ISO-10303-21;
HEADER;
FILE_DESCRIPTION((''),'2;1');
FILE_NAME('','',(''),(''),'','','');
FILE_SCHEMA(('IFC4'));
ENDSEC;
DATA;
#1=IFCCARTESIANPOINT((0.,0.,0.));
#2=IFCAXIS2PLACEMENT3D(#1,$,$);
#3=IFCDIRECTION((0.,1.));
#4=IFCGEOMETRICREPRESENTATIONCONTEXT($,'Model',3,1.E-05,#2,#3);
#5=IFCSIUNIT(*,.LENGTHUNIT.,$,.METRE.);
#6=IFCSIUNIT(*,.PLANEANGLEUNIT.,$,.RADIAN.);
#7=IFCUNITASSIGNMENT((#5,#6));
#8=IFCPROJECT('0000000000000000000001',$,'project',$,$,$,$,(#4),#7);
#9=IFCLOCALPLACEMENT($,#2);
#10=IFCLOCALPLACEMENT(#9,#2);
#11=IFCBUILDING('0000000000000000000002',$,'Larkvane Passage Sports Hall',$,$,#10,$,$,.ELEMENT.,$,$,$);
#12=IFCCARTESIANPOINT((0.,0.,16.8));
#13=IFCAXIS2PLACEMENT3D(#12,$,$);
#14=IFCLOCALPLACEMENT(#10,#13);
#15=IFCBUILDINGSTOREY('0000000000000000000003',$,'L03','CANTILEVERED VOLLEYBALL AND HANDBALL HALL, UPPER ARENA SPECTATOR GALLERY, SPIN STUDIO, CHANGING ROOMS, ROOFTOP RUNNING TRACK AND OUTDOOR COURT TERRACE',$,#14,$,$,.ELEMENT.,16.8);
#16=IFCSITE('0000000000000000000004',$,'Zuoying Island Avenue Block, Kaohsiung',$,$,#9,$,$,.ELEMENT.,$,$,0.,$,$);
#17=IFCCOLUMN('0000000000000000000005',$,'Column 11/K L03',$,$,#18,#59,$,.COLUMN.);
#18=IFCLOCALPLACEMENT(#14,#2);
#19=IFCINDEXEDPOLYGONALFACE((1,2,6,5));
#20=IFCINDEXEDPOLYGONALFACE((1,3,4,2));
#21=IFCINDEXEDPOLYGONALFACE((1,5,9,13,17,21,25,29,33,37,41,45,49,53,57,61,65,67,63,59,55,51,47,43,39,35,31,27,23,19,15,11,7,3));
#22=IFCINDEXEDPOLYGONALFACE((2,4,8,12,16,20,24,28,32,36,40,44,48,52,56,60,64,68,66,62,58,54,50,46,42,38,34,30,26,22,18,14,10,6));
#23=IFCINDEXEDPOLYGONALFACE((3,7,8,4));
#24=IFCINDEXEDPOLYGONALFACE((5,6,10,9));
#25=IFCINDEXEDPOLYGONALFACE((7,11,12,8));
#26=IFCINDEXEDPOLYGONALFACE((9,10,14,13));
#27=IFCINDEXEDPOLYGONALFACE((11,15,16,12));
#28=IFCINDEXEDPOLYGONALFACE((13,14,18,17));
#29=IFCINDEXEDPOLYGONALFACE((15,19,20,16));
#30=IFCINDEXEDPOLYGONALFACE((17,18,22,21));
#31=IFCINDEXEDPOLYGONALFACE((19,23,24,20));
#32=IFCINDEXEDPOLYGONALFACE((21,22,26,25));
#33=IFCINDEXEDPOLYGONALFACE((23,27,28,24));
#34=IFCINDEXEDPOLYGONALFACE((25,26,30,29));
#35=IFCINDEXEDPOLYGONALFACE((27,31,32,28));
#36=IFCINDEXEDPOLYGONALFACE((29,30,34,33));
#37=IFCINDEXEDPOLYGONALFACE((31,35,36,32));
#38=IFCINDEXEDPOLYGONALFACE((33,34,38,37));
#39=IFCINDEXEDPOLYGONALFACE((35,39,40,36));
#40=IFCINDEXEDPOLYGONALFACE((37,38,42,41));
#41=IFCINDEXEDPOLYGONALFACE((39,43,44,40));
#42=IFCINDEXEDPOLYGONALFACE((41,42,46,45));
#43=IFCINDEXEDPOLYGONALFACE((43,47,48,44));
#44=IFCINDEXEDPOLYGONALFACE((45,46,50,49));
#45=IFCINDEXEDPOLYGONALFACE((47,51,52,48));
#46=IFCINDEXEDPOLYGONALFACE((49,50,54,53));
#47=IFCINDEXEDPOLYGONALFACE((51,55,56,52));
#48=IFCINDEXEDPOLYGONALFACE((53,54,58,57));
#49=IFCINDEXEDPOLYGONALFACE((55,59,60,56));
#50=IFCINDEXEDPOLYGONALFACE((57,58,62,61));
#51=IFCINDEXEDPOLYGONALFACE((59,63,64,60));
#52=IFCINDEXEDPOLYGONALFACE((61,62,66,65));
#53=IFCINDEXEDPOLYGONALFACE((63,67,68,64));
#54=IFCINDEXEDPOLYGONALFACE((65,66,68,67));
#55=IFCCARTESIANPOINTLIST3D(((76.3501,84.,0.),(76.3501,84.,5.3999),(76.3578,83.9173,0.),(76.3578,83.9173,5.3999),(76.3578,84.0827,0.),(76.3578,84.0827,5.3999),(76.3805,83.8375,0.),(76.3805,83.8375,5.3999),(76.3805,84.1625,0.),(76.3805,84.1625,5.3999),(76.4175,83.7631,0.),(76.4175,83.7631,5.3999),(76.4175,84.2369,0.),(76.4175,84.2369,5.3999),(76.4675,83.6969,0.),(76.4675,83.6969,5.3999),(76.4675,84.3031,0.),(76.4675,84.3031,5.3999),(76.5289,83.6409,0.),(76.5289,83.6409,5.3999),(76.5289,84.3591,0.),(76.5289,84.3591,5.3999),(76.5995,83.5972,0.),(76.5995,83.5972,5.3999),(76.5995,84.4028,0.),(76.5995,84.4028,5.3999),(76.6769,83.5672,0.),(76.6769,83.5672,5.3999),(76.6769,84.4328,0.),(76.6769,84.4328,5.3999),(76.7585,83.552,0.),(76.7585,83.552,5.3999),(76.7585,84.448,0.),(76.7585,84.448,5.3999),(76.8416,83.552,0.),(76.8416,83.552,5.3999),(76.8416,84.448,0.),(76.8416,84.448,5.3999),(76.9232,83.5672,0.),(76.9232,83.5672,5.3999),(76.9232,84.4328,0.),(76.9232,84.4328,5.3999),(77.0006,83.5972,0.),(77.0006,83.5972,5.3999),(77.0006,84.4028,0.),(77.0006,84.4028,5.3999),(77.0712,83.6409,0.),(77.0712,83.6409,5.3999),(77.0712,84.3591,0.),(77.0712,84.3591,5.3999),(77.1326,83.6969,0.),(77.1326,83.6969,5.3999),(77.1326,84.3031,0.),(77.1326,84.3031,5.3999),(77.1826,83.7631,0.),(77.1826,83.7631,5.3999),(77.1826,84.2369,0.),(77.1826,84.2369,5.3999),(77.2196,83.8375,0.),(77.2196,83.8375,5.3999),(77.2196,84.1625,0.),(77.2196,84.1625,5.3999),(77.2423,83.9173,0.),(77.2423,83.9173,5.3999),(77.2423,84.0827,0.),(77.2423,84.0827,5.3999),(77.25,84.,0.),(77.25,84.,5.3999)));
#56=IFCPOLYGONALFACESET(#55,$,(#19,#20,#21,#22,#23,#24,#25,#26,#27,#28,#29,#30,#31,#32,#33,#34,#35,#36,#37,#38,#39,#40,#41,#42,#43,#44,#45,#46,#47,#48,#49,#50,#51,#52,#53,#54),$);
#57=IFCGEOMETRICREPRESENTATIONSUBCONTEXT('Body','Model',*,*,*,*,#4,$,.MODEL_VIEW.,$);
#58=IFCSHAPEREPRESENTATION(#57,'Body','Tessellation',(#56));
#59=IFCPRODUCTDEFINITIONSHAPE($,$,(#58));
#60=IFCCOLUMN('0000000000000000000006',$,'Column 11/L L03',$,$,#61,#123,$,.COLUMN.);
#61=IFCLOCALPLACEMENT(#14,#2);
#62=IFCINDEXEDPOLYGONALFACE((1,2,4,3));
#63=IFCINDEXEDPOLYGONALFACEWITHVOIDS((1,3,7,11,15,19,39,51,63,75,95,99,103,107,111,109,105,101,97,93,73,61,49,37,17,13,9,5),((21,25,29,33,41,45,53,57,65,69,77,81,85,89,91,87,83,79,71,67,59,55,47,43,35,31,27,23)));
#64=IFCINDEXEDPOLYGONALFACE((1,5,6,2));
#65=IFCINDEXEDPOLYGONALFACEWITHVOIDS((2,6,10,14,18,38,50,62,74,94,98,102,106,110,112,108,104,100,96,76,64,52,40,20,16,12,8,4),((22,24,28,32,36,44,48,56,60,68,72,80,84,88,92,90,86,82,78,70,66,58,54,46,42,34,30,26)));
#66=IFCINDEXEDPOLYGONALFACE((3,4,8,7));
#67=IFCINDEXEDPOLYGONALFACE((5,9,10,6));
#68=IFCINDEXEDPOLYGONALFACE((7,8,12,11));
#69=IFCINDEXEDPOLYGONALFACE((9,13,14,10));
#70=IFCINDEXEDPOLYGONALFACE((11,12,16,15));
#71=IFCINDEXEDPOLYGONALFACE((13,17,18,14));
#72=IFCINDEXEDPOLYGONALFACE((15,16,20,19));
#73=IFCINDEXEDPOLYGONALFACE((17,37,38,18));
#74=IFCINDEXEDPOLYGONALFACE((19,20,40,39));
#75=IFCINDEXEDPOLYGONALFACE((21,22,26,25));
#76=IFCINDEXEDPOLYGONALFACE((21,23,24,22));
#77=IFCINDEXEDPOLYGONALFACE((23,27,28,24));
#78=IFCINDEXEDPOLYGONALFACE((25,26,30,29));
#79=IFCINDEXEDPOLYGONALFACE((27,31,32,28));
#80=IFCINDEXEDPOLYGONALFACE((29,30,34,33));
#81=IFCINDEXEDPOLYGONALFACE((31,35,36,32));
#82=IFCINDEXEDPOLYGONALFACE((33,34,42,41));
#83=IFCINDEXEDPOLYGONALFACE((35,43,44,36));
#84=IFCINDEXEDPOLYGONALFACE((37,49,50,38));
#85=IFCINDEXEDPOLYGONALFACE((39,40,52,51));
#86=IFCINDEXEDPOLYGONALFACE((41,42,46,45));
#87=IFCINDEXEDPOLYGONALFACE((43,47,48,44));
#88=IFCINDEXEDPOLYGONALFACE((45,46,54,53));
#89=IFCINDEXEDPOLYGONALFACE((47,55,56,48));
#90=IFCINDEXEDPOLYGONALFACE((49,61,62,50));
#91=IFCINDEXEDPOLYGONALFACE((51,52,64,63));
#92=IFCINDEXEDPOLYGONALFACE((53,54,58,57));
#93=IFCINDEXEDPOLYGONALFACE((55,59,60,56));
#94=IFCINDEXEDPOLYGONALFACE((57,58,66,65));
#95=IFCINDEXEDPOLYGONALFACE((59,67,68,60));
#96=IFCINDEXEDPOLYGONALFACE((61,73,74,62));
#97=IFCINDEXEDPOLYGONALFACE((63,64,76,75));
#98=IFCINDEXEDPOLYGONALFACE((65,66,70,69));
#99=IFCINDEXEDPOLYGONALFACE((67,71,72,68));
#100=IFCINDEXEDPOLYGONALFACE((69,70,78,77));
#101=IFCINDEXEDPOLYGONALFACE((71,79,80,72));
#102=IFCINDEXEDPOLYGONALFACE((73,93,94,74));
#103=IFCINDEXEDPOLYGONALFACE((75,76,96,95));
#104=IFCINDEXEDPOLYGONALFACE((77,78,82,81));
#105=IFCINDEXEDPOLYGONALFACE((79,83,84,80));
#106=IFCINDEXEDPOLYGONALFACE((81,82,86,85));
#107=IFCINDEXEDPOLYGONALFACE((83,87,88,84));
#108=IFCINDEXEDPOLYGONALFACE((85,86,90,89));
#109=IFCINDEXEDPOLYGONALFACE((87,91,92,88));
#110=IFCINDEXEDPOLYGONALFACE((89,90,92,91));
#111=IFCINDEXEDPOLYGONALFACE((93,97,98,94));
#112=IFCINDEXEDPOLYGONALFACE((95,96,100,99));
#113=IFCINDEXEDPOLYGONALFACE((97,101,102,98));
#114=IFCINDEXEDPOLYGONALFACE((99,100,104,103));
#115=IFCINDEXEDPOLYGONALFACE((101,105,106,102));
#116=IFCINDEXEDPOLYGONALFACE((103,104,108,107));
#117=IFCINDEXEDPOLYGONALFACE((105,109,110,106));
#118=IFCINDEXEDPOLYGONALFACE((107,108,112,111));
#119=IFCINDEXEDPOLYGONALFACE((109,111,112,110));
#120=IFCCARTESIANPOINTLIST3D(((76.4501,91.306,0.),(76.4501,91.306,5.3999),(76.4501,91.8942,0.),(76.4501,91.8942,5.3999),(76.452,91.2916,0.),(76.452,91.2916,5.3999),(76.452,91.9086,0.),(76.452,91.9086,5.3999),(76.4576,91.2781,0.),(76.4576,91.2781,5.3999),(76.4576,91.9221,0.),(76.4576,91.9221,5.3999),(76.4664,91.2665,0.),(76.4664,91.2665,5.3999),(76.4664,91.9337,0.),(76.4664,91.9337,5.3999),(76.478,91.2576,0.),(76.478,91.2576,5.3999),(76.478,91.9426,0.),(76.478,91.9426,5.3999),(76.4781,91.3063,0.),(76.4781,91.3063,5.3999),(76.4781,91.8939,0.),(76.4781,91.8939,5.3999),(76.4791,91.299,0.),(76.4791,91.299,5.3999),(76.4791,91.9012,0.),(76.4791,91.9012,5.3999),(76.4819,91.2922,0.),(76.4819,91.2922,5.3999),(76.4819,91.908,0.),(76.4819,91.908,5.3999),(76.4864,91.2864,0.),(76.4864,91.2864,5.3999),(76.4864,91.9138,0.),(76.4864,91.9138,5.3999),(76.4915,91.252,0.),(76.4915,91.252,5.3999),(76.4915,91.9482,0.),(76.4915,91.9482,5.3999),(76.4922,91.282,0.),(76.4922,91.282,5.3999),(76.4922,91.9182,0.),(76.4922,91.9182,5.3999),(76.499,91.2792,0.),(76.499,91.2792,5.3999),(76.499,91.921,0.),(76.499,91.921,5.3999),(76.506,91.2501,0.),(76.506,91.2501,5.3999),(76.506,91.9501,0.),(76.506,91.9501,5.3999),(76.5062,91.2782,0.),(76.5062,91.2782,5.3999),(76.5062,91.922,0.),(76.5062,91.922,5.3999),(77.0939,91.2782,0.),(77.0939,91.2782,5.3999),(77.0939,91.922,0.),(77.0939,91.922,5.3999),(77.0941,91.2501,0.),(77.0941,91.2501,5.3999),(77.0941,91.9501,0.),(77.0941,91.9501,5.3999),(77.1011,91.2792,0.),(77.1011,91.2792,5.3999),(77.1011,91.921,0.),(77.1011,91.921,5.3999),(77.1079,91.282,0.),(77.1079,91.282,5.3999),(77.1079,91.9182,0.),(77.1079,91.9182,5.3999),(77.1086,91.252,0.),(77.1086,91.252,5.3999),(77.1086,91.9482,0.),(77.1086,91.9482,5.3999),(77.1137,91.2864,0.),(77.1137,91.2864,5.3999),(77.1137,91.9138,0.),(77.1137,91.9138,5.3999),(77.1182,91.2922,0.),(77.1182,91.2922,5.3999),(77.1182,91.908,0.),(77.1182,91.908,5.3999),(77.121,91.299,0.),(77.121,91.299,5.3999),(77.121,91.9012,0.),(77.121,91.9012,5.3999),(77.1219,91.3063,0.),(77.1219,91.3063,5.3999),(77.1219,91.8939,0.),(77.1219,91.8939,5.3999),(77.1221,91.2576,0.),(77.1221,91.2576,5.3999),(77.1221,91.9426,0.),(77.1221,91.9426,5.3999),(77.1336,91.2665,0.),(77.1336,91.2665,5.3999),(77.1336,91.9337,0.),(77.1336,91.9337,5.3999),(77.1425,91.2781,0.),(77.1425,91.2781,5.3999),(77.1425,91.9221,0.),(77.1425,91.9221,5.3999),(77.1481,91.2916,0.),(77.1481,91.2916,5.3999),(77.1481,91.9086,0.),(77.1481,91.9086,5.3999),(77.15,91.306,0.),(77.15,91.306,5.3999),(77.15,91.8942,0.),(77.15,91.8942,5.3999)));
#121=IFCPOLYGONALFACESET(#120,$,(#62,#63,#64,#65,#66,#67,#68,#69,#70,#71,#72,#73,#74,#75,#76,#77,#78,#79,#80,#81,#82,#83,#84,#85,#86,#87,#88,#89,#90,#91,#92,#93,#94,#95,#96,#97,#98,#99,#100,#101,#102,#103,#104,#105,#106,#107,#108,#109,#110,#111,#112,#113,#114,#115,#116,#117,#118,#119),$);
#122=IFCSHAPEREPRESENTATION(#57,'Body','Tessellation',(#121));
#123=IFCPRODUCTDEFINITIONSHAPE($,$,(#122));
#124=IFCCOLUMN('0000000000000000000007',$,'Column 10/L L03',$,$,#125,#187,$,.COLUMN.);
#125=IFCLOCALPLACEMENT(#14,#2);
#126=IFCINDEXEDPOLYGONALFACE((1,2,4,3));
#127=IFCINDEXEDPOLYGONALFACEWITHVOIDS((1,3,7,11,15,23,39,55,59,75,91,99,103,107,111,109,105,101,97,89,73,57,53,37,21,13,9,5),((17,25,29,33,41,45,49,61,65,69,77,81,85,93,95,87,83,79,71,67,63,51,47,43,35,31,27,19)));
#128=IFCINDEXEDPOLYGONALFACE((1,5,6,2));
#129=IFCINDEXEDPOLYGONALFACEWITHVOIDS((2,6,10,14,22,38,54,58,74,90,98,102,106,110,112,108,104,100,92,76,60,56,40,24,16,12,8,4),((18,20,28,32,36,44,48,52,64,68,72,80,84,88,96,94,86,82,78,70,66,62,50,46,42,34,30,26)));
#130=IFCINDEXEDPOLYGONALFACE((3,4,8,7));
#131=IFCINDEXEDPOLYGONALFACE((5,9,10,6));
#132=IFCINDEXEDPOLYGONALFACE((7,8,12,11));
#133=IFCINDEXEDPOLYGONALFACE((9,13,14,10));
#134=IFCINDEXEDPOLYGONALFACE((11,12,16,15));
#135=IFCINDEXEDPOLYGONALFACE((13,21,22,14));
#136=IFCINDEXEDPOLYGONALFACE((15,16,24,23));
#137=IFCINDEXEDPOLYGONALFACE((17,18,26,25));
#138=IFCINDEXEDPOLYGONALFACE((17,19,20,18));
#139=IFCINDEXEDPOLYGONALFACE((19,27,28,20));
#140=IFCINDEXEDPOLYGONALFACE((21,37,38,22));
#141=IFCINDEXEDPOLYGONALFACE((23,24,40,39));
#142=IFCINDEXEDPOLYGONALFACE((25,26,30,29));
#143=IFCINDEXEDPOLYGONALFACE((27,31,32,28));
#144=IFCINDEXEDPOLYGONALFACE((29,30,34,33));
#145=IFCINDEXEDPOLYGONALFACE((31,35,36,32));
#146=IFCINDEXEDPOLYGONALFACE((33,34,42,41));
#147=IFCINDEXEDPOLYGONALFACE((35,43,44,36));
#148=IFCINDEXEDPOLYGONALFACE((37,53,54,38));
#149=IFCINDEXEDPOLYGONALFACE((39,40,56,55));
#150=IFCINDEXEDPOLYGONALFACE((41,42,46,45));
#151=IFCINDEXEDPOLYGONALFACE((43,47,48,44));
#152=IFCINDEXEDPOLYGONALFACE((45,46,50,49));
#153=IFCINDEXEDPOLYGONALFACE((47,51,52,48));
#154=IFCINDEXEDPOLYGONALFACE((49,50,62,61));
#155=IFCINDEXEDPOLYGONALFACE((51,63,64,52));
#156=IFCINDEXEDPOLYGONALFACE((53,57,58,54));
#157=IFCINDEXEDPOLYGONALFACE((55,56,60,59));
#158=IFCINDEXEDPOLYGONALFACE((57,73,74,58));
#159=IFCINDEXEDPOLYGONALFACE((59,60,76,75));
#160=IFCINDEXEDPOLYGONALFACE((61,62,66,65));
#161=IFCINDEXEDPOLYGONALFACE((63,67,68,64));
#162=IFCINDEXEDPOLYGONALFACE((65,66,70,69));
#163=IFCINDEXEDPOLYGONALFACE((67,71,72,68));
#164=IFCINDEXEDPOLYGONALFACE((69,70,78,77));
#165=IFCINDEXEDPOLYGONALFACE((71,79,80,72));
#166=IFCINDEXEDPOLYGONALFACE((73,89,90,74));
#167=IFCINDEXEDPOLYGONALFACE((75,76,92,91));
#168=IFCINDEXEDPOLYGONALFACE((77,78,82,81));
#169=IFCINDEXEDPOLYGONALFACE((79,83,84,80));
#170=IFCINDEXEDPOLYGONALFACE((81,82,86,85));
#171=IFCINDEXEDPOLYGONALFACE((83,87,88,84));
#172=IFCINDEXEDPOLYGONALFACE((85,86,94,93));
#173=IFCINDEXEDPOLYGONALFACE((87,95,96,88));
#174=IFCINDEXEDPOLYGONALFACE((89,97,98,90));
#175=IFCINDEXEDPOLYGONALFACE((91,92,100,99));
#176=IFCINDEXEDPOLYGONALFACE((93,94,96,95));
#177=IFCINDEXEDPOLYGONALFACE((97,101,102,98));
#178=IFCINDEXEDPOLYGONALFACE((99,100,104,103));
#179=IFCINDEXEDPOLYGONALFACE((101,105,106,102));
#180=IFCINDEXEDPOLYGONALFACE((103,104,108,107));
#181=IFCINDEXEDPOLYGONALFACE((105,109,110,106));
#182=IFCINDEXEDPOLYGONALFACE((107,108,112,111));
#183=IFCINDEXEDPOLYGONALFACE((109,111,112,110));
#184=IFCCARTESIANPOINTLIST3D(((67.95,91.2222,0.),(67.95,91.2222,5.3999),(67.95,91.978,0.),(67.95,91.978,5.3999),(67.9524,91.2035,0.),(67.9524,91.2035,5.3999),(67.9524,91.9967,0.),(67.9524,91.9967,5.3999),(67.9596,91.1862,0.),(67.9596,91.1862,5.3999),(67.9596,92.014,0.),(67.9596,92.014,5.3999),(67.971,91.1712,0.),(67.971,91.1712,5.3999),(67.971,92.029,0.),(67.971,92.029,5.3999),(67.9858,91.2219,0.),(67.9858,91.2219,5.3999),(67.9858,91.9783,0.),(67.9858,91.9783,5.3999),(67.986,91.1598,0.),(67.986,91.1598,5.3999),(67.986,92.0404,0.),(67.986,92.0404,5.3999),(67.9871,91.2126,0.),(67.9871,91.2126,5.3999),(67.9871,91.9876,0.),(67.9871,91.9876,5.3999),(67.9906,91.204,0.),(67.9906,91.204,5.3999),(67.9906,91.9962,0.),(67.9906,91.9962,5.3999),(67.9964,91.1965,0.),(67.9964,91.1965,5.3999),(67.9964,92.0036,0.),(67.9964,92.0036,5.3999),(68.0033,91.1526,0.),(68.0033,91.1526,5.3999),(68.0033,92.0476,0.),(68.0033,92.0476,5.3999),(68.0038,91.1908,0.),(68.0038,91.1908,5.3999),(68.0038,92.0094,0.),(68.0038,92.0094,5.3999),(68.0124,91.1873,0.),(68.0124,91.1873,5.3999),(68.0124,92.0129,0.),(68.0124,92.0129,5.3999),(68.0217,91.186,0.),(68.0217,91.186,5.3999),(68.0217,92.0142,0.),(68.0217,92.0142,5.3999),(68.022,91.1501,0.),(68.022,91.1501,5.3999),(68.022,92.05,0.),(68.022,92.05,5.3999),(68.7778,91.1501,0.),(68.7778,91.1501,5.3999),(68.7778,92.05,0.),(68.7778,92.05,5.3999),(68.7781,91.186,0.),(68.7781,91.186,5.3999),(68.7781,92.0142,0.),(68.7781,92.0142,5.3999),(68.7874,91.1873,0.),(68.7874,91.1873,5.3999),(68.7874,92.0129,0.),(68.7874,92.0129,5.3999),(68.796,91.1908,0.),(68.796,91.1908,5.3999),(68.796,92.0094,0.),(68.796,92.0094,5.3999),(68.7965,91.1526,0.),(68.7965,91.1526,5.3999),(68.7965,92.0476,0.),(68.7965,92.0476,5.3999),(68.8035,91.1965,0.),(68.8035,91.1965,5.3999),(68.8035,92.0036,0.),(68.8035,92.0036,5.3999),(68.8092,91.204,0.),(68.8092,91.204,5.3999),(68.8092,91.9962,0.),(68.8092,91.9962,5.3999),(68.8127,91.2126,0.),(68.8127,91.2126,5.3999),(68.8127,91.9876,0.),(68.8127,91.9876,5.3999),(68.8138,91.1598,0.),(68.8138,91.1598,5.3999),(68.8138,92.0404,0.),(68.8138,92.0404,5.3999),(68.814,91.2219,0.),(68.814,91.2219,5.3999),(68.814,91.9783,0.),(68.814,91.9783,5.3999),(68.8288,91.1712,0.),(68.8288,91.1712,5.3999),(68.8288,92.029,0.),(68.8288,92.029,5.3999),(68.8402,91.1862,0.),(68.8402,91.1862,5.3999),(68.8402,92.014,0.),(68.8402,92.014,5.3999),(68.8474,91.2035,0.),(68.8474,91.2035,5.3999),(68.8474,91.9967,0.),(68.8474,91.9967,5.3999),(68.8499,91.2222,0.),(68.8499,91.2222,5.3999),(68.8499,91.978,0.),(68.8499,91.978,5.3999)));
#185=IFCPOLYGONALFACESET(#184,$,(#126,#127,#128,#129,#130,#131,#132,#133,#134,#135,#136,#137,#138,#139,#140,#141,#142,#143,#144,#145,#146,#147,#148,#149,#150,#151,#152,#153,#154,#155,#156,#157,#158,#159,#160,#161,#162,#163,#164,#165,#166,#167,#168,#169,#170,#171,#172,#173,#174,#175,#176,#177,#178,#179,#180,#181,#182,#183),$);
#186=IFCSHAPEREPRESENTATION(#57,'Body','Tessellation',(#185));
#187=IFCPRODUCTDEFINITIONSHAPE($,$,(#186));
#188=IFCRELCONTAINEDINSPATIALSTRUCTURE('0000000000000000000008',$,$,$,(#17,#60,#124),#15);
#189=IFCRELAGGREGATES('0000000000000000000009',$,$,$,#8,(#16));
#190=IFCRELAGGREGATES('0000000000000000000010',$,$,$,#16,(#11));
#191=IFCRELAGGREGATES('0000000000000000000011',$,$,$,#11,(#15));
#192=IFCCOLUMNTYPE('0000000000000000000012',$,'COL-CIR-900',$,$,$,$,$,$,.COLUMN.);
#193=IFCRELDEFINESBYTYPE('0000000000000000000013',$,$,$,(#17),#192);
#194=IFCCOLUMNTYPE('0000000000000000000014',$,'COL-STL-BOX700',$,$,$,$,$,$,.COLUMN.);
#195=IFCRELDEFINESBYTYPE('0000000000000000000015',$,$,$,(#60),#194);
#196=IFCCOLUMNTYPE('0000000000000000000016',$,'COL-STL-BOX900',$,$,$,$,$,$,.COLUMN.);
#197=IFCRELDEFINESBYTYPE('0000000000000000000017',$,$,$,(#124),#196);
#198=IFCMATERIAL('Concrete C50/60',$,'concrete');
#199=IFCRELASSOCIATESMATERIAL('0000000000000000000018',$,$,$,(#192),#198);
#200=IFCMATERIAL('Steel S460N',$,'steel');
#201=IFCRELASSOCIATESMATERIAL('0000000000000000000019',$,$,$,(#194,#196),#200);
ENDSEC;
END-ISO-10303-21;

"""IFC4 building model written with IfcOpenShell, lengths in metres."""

from ifc_helpers import new_model, si_unit, direction, frame, origin, origin_2d, place, context, subcontext, project, spatial, hollow_rectangle, circle, extrude, material, material_profile, profile_set, type_object, element, save


model = new_model("IFC4")

# Units and contexts
model_context = context("Model", 3, precision=1e-05, world=origin(), true_north=direction((0.0, 1.0)))
body_context = subcontext(model_context, "Body", "Model", "MODEL_VIEW")
ifc_project = project(units=[si_unit("LENGTHUNIT", "METRE"), si_unit("PLANEANGLEUNIT", "RADIAN")], contexts=[model_context])

# Site, building, storey
site_placement = place(None, origin())
site = spatial("IfcSite", under=ifc_project, at=site_placement, Name="Zuoying Island Avenue Block, Kaohsiung", CompositionType="ELEMENT", RefElevation=0.0)
building_placement = place(site_placement, origin())
building = spatial("IfcBuilding", under=site, at=building_placement, Name="Larkvane Passage Sports Hall", CompositionType="ELEMENT")
storey_placement = place(building_placement, frame((0.0, 0.0, 16.8)))
storey = spatial("IfcBuildingStorey", under=building, at=storey_placement, Name="L03", Description="CANTILEVERED VOLLEYBALL AND HANDBALL HALL, UPPER ARENA SPECTATOR GALLERY, SPIN STUDIO, CHANGING ROOMS, ROOFTOP RUNNING TRACK AND OUTDOOR COURT TERRACE", CompositionType="ELEMENT", Elevation=16.8)

# Columns
ifc_material_1 = material(Name="Concrete C50/60", Category="concrete")
ifc_material_profile_1 = material_profile(ifc_material_1, circle(Radius=0.45, at=origin_2d()), Name="RC-CIR-900")
ifc_profile_set_1 = profile_set([ifc_material_profile_1], Name="Concrete C50/60")
column_type_1 = type_object("IfcColumnType", Name="COL-CIR-900", PredefinedType="COLUMN", material=ifc_profile_set_1)
column_1_placement = place(storey_placement, frame((76.8, 84.0, 0.0), z_axis=(0.0, 0.0, 1.0), x_axis=(1.0, 0.0, 0.0)))
element("IfcColumn", 1, at=column_1_placement, inside=storey, type_object=column_type_1, Name="Column 11/K L03", PredefinedType="COLUMN", context=body_context, shape_type="SweptSolid", body=[
    extrude(circle(Radius=0.45, at=origin_2d()), origin(), (0.0, 0.0, 1.0), 5.3999),
])
ifc_material_2 = material(Name="Steel S460N", Category="steel")
ifc_material_profile_2 = material_profile(ifc_material_2, hollow_rectangle(XDim=0.7, YDim=0.7, WallThickness=0.0281, InnerFilletRadius=0.0281, OuterFilletRadius=0.0559, at=origin_2d()), Name="BOX-700x700x28")
ifc_profile_set_2 = profile_set([ifc_material_profile_2], Name="Steel S460N")
column_type_2 = type_object("IfcColumnType", Name="COL-STL-BOX700", PredefinedType="COLUMN", material=ifc_profile_set_2)
column_2_placement = place(storey_placement, frame((76.8, 91.6001, 0.0), z_axis=(0.0, 0.0, 1.0), x_axis=(1.0, 0.0, 0.0)))
element("IfcColumn", 2, at=column_2_placement, inside=storey, type_object=column_type_2, Name="Column 11/L L03", PredefinedType="COLUMN", context=body_context, shape_type="SweptSolid", body=[
    extrude(hollow_rectangle(XDim=0.7, YDim=0.7, WallThickness=0.0281, InnerFilletRadius=0.0281, OuterFilletRadius=0.0559, at=origin_2d()), origin(), (0.0, 0.0, 1.0), 5.3999),
])
ifc_material_profile_3 = material_profile(ifc_material_2, hollow_rectangle(XDim=0.8999, YDim=0.8999, WallThickness=0.0359, InnerFilletRadius=0.0359, OuterFilletRadius=0.072, at=origin_2d()), Name="BOX-900x900x36")
ifc_profile_set_3 = profile_set([ifc_material_profile_3], Name="Steel S460N")
column_type_3 = type_object("IfcColumnType", Name="COL-STL-BOX900", PredefinedType="COLUMN", material=ifc_profile_set_3)
column_3_placement = place(storey_placement, frame((68.3999, 91.6001, 0.0), z_axis=(0.0, 0.0, 1.0), x_axis=(1.0, 0.0, 0.0)))
element("IfcColumn", 3, at=column_3_placement, inside=storey, type_object=column_type_3, Name="Column 10/L L03", PredefinedType="COLUMN", context=body_context, shape_type="SweptSolid", body=[
    extrude(hollow_rectangle(XDim=0.8999, YDim=0.8999, WallThickness=0.0359, InnerFilletRadius=0.0359, OuterFilletRadius=0.072, at=origin_2d()), origin(), (0.0, 0.0, 1.0), 5.3999),
])

save(model, "model.ifc")
